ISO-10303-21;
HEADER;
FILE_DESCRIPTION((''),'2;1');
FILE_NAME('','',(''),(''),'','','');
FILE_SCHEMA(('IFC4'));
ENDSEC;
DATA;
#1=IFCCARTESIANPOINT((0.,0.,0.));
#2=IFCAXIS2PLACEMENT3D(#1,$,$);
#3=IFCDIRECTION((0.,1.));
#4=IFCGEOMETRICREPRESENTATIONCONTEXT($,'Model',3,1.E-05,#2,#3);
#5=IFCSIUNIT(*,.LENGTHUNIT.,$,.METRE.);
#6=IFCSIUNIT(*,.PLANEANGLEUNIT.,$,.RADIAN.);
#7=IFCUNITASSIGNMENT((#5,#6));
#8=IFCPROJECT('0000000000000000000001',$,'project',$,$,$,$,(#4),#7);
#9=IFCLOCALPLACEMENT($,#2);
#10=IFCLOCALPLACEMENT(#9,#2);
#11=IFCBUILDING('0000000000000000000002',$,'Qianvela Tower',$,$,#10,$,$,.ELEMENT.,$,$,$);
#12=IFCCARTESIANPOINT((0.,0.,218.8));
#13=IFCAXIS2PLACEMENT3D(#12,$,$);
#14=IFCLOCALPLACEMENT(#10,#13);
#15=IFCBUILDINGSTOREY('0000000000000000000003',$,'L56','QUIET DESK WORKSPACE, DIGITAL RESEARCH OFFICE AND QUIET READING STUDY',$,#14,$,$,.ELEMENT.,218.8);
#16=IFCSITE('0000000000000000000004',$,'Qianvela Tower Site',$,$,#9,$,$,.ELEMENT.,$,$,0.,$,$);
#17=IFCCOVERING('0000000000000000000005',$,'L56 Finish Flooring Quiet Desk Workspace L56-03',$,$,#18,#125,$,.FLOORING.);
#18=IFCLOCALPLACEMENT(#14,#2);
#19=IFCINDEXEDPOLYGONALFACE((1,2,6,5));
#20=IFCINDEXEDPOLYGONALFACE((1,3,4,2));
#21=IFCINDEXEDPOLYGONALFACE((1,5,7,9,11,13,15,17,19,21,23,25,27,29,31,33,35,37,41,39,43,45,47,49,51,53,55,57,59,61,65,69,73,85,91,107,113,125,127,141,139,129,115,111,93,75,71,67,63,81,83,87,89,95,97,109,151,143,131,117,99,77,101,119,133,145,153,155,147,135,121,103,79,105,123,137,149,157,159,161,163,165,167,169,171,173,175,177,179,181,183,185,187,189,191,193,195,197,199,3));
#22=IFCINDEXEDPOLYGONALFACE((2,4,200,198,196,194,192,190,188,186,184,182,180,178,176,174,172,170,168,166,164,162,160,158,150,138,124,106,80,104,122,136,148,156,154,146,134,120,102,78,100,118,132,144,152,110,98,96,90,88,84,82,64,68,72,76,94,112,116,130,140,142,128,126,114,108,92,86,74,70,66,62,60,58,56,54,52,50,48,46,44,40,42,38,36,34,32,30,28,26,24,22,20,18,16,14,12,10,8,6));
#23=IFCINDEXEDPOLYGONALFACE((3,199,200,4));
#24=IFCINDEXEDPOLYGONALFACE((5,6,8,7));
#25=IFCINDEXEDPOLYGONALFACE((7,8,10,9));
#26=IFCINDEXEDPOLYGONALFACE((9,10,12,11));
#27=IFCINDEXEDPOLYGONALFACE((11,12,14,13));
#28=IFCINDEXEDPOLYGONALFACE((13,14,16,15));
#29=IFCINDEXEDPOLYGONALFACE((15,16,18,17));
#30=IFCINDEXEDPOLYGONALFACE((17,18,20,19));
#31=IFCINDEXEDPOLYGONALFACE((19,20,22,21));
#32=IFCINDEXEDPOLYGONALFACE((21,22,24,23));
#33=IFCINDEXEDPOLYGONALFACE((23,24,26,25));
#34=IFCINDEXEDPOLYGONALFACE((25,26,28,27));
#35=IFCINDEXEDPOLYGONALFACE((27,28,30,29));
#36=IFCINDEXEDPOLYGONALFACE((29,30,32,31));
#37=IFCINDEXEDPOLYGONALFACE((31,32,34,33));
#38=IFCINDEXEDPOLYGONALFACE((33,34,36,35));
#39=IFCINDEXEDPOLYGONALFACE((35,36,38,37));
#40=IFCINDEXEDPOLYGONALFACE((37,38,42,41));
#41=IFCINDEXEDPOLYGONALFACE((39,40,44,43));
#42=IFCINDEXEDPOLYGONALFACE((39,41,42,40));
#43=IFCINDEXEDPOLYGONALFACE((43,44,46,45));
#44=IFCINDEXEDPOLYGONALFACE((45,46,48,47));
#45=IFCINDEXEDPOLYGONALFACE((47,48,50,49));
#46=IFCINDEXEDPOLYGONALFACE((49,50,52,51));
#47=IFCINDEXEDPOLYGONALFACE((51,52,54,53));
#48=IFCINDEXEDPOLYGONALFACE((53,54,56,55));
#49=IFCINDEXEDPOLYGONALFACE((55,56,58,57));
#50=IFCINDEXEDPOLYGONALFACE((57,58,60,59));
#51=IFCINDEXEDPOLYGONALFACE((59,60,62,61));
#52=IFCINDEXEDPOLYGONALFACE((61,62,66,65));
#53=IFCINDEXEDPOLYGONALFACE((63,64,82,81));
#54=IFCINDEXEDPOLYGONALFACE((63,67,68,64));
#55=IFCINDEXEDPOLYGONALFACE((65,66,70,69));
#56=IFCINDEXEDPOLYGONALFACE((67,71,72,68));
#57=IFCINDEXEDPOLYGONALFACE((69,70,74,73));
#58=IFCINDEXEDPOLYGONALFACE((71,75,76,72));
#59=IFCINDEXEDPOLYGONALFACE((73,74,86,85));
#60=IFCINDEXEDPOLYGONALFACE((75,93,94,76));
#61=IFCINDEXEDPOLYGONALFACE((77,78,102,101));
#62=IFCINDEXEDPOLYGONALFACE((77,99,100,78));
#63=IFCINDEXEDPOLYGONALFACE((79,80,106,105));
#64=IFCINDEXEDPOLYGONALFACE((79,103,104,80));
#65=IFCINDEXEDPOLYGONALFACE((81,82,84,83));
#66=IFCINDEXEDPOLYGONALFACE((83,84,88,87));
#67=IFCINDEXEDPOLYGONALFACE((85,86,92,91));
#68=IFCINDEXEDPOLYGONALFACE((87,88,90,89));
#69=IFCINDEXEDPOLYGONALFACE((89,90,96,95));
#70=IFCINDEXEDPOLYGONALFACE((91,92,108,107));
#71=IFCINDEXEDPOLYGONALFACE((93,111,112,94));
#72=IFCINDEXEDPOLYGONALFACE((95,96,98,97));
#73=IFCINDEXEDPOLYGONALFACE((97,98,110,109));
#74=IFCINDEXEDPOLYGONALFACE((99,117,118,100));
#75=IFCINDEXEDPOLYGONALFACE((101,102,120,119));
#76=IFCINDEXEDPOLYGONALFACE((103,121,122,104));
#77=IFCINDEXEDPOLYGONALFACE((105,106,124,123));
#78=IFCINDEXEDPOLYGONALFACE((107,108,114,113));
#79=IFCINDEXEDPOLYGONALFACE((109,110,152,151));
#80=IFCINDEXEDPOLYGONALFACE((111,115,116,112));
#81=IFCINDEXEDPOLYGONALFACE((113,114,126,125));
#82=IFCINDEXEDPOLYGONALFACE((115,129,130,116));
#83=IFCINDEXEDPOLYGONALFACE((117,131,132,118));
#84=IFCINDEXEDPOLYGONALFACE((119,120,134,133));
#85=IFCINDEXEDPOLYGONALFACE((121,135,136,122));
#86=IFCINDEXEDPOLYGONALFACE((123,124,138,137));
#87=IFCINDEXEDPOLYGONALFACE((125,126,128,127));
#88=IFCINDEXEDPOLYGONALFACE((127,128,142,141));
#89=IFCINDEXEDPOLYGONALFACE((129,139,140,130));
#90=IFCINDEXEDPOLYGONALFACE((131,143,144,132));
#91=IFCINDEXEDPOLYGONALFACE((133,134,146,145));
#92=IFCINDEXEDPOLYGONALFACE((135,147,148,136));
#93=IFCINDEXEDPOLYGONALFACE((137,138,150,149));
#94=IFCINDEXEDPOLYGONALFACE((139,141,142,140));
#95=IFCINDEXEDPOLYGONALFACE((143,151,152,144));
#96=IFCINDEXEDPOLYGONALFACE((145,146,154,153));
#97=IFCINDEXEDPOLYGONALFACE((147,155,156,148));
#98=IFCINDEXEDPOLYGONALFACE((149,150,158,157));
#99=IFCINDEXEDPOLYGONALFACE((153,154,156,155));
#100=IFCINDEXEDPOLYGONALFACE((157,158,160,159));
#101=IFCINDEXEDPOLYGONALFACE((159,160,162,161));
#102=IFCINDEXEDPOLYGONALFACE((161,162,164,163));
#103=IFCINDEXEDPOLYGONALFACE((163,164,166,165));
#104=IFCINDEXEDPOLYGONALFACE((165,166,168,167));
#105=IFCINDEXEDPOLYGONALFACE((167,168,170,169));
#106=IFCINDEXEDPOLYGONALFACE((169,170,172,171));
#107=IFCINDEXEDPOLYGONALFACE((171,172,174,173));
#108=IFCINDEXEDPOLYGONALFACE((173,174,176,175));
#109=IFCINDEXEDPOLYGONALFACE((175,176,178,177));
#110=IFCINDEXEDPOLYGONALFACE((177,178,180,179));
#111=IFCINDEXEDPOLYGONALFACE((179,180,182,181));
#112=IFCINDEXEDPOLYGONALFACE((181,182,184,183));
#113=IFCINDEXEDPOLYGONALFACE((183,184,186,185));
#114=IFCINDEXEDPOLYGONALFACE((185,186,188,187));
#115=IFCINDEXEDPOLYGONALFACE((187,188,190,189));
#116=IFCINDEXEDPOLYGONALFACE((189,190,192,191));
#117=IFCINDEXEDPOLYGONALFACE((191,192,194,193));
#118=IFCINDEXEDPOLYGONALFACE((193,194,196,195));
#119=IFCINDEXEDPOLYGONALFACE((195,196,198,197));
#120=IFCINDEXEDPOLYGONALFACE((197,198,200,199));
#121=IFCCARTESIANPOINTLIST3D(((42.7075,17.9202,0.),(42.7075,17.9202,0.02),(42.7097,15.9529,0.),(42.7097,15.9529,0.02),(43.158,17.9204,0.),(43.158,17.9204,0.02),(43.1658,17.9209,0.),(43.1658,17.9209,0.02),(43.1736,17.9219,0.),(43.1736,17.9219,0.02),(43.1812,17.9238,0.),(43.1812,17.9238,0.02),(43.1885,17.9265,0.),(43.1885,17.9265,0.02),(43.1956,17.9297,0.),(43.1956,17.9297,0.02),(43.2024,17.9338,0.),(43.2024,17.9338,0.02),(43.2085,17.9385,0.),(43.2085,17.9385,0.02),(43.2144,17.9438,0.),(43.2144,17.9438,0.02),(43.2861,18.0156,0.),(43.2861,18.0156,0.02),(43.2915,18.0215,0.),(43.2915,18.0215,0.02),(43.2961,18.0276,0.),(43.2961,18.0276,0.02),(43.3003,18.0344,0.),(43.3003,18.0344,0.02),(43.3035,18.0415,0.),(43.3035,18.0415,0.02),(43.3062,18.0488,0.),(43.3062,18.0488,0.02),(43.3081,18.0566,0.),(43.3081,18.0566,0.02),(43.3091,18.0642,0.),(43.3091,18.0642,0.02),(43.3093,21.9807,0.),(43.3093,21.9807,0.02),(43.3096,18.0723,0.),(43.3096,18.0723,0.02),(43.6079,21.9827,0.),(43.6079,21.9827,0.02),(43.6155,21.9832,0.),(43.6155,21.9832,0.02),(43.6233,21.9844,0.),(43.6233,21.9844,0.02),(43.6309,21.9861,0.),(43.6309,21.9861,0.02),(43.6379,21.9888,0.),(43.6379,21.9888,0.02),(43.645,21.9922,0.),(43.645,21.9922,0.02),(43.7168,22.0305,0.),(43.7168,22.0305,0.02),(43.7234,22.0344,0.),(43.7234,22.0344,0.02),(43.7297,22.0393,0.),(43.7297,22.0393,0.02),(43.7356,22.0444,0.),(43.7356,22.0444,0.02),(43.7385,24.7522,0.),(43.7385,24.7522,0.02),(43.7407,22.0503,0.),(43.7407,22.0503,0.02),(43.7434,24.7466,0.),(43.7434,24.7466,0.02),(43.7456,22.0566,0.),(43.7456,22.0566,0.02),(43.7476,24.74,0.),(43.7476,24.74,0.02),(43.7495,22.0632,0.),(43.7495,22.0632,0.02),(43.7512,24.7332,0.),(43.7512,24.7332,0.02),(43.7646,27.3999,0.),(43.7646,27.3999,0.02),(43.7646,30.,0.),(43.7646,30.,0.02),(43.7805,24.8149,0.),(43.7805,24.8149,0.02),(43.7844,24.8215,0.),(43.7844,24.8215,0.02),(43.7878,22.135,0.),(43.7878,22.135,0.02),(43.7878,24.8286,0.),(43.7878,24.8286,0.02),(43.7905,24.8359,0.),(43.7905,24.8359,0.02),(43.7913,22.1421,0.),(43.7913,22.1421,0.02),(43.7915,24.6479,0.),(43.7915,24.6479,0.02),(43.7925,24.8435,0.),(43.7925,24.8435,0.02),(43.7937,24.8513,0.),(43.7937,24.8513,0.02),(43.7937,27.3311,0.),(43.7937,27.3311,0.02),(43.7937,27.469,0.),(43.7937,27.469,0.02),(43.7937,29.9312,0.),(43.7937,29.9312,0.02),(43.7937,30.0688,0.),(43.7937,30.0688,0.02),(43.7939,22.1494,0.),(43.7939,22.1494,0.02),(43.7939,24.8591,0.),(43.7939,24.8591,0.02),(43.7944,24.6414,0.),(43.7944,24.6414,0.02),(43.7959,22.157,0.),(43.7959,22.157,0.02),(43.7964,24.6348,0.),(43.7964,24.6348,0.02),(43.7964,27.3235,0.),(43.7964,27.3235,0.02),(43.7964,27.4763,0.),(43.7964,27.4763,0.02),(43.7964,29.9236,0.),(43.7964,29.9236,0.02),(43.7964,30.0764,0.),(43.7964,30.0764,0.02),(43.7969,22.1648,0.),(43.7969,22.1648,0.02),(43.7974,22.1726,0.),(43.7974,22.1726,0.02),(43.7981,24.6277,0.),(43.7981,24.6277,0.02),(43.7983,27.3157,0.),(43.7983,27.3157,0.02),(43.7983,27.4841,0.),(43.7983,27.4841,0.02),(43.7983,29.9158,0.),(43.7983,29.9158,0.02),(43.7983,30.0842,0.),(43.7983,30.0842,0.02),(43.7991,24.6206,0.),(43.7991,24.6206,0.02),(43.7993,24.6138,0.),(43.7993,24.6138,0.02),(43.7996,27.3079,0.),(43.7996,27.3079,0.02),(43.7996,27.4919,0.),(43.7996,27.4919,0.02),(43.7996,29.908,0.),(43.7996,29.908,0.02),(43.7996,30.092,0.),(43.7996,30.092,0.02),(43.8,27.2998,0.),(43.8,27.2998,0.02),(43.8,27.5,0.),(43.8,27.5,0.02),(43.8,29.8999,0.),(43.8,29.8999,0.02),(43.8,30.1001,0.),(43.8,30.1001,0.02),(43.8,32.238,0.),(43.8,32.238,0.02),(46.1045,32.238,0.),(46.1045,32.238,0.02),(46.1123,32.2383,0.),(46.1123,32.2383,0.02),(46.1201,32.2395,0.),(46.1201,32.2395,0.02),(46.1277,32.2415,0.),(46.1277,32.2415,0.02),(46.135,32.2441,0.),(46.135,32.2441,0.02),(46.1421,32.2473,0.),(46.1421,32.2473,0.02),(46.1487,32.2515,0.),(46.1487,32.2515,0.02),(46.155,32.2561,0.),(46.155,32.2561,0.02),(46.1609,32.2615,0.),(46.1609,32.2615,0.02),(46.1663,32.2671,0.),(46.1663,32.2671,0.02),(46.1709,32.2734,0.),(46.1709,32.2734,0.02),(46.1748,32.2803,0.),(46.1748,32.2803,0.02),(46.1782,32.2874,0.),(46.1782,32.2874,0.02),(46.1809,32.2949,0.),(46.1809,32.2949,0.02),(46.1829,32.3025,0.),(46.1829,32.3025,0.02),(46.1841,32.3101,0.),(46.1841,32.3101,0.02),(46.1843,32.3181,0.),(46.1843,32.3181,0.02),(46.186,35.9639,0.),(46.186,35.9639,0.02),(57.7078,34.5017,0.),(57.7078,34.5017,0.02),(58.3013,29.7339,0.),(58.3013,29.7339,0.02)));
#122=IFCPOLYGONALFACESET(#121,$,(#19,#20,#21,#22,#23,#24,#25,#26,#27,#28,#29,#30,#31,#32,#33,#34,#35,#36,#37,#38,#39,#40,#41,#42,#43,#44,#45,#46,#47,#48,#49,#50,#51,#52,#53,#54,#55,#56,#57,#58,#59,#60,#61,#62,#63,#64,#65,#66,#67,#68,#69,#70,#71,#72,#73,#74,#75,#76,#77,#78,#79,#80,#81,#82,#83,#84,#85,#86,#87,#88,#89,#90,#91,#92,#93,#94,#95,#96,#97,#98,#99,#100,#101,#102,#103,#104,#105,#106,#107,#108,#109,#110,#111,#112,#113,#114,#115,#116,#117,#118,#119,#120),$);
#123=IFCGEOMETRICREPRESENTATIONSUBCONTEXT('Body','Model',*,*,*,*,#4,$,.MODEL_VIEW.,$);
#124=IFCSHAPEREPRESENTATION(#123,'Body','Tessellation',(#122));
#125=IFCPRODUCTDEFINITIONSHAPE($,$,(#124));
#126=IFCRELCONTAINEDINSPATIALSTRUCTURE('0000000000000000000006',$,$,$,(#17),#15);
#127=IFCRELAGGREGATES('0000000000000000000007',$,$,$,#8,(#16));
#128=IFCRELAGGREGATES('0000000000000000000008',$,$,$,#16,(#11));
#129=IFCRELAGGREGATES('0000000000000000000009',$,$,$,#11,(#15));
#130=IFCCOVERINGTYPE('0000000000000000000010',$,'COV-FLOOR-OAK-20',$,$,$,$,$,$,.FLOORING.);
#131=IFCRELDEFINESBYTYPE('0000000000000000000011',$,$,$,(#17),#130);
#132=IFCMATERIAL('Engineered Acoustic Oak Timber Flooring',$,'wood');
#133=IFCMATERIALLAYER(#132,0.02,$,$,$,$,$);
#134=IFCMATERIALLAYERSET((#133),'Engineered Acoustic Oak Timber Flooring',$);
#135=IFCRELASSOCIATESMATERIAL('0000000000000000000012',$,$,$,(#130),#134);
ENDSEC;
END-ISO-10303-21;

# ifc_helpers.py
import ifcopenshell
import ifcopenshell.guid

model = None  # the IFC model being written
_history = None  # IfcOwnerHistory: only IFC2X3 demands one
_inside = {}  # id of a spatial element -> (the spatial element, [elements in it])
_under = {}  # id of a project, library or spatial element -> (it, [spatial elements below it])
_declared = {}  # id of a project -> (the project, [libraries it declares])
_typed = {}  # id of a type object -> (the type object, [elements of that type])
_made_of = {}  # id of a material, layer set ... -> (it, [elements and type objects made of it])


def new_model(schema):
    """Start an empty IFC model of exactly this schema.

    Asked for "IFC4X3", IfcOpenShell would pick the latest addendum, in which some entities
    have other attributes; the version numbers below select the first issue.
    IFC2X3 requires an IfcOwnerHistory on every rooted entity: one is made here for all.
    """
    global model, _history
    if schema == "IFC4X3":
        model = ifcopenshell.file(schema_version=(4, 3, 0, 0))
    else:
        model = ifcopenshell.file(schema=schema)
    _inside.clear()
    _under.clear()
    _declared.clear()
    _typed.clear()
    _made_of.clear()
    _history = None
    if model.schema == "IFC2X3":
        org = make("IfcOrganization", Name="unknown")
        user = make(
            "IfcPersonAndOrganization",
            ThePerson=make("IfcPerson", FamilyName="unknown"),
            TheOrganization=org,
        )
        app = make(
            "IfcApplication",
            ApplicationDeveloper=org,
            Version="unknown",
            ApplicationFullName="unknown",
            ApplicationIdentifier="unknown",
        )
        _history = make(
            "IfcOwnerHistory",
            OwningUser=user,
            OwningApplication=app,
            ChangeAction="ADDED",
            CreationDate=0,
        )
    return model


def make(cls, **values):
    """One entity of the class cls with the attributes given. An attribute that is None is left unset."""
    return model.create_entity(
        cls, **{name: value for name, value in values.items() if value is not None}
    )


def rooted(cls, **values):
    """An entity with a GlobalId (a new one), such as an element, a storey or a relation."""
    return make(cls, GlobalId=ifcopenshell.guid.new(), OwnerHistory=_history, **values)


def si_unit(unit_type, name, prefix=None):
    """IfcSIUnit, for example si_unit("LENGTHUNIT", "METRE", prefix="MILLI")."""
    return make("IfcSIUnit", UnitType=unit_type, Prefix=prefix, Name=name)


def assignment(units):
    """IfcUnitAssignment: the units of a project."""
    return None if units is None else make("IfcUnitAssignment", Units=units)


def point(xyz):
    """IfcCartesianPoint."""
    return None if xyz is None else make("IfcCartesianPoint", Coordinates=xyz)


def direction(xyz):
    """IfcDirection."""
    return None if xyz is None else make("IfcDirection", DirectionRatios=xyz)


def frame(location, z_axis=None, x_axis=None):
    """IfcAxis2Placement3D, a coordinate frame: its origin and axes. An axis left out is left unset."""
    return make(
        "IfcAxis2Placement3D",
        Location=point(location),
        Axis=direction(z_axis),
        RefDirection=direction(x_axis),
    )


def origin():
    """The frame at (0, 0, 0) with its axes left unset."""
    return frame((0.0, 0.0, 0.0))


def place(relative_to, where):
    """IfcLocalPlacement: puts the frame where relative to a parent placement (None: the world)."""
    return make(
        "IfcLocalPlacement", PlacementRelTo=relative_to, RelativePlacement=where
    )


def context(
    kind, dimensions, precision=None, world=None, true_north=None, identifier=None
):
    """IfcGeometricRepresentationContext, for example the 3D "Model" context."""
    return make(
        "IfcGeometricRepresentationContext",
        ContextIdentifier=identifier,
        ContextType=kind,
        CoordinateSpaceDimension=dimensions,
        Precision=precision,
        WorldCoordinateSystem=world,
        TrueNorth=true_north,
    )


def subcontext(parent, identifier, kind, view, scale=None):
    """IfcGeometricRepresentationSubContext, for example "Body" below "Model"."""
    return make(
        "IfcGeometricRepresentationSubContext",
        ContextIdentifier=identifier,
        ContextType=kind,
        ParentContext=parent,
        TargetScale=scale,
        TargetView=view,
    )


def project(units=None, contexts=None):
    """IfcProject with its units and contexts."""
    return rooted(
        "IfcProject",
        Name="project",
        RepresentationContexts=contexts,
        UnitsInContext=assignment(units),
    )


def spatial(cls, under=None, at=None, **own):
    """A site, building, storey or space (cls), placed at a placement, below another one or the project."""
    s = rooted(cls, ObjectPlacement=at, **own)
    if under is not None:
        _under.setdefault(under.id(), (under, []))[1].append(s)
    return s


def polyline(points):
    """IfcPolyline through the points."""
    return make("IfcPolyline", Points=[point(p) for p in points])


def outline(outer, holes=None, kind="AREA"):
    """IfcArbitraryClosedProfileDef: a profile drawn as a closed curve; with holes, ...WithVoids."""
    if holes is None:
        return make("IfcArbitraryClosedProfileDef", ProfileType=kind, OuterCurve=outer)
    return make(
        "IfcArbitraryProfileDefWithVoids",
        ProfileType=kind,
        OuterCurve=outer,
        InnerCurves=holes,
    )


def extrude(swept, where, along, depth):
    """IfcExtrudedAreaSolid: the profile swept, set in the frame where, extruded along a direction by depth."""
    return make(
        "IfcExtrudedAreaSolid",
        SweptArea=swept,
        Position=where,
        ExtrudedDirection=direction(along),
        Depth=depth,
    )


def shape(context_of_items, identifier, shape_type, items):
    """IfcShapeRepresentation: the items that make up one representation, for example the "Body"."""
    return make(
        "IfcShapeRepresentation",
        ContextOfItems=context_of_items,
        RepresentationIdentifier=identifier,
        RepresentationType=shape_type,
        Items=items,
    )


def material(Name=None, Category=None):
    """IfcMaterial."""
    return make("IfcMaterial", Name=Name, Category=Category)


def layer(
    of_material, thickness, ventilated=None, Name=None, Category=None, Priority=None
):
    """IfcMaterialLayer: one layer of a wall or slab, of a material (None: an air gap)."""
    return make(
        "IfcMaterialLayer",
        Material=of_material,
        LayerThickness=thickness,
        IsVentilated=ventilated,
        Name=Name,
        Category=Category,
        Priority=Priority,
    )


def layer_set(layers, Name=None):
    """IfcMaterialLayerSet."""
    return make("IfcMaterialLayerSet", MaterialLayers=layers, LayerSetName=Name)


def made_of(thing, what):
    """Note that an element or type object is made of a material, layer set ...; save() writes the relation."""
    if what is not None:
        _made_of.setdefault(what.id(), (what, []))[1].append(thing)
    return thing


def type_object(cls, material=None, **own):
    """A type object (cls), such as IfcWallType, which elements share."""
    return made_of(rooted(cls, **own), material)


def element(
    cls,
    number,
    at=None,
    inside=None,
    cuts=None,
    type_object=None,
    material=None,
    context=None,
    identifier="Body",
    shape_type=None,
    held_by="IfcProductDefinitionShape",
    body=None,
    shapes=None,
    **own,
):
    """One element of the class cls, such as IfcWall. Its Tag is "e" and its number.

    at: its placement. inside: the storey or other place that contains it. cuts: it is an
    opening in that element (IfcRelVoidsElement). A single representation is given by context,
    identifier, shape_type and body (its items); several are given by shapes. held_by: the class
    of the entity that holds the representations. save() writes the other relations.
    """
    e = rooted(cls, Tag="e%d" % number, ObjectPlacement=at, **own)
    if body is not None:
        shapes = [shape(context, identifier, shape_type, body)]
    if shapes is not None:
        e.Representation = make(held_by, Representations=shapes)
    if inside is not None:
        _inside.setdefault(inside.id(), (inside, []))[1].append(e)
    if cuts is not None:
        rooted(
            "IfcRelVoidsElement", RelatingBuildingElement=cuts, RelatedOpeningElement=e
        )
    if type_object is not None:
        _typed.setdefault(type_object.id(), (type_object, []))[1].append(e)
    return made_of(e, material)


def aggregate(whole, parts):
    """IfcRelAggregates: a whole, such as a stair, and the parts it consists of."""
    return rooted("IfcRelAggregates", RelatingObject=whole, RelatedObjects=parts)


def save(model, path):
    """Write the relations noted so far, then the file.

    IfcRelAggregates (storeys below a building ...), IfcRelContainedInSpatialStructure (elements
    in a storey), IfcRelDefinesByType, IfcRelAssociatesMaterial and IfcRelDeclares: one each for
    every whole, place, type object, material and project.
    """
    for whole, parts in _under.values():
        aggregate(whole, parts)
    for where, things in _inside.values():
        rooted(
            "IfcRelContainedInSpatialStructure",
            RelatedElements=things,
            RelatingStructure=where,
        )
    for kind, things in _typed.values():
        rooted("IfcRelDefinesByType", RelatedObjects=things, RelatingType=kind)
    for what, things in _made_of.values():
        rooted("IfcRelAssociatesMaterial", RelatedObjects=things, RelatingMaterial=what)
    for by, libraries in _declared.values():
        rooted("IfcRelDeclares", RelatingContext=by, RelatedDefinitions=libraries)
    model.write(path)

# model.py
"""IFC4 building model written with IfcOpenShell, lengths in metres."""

from ifc_helpers import new_model, si_unit, direction, frame, origin, place, context, subcontext, project, spatial, polyline, outline, extrude, material, layer, layer_set, type_object, element, save


model = new_model("IFC4")

# Units and contexts
model_context = context("Model", 3, precision=1e-05, world=origin(), true_north=direction((0.0, 1.0)))
body_context = subcontext(model_context, "Body", "Model", "MODEL_VIEW")
ifc_project = project(units=[si_unit("LENGTHUNIT", "METRE"), si_unit("PLANEANGLEUNIT", "RADIAN")], contexts=[model_context])

# Site, building, storey
site_placement = place(None, origin())
site = spatial("IfcSite", under=ifc_project, at=site_placement, Name="Qianvela Tower Site", CompositionType="ELEMENT", RefElevation=0.0)
building_placement = place(site_placement, origin())
building = spatial("IfcBuilding", under=site, at=building_placement, Name="Qianvela Tower", CompositionType="ELEMENT")
storey_placement = place(building_placement, frame((0.0, 0.0, 218.8)))
storey = spatial("IfcBuildingStorey", under=building, at=storey_placement, Name="L56", Description="QUIET DESK WORKSPACE, DIGITAL RESEARCH OFFICE AND QUIET READING STUDY", CompositionType="ELEMENT", Elevation=218.8)

# Covering
ifc_material_1 = material(Name="Engineered Acoustic Oak Timber Flooring", Category="wood")
ifc_layer_1 = layer(ifc_material_1, 0.02)
ifc_layer_set_1 = layer_set([ifc_layer_1], Name="Engineered Acoustic Oak Timber Flooring")
covering_type_1 = type_object("IfcCoveringType", Name="COV-FLOOR-OAK-20", PredefinedType="FLOORING", material=ifc_layer_set_1)
covering_1_placement = place(storey_placement, origin())
element("IfcCovering", 1, at=covering_1_placement, inside=storey, type_object=covering_type_1, Name="L56 Finish Flooring Quiet Desk Workspace L56-03", PredefinedType="FLOORING", context=body_context, shape_type="SweptSolid", body=[
    extrude(outline(polyline([(43.7385, 24.7522), (43.7805, 24.8149), (43.7844, 24.8215), (43.7878, 24.8286), (43.7905, 24.8359), (43.7925, 24.8435), (43.7937, 24.8513), (43.7939, 24.8591), (43.8, 27.2998), (43.7996, 27.3079), (43.7983, 27.3157), (43.7964, 27.3235), (43.7937, 27.3311), (43.7646, 27.3999), (43.7937, 27.469), (43.7964, 27.4763), (43.7983, 27.4841), (43.7996, 27.4919), (43.8, 27.5), (43.8, 29.8999), (43.7996, 29.908), (43.7983, 29.9158), (43.7964, 29.9236), (43.7937, 29.9312), (43.7646, 30.0), (43.7937, 30.0688), (43.7964, 30.0764), (43.7983, 30.0842), (43.7996, 30.092), (43.8, 30.1001), (43.8, 32.238), (46.1045, 32.238), (46.1123, 32.2383), (46.1201, 32.2395), (46.1277, 32.2415), (46.135, 32.2441), (46.1421, 32.2473), (46.1487, 32.2515), (46.155, 32.2561), (46.1609, 32.2615), (46.1663, 32.2671), (46.1709, 32.2734), (46.1748, 32.2803), (46.1782, 32.2874), (46.1809, 32.2949), (46.1829, 32.3025), (46.1841, 32.3101), (46.1843, 32.3181), (46.186, 35.9639), (57.7078, 34.5017), (58.3013, 29.7339), (42.7097, 15.9529), (42.7075, 17.9202), (43.158, 17.9204), (43.1658, 17.9209), (43.1736, 17.9219), (43.1812, 17.9238), (43.1885, 17.9265), (43.1956, 17.9297), (43.2024, 17.9338), (43.2085, 17.9385), (43.2144, 17.9438), (43.2861, 18.0156), (43.2915, 18.0215), (43.2961, 18.0276), (43.3003, 18.0344), (43.3035, 18.0415), (43.3062, 18.0488), (43.3081, 18.0566), (43.3091, 18.0642), (43.3096, 18.0723), (43.3093, 21.9807), (43.6079, 21.9827), (43.6155, 21.9832), (43.6233, 21.9844), (43.6309, 21.9861), (43.6379, 21.9888), (43.645, 21.9922), (43.7168, 22.0305), (43.7234, 22.0344), (43.7297, 22.0393), (43.7356, 22.0444), (43.7407, 22.0503), (43.7456, 22.0566), (43.7495, 22.0632), (43.7878, 22.135), (43.7913, 22.1421), (43.7939, 22.1494), (43.7959, 22.157), (43.7969, 22.1648), (43.7974, 22.1726), (43.7993, 24.6138), (43.7991, 24.6206), (43.7981, 24.6277), (43.7964, 24.6348), (43.7944, 24.6414), (43.7915, 24.6479), (43.7512, 24.7332), (43.7476, 24.74), (43.7434, 24.7466), (43.7385, 24.7522)])), origin(), (0.0, 0.0, 1.0), 0.02),
])

save(model, "model.ifc")
